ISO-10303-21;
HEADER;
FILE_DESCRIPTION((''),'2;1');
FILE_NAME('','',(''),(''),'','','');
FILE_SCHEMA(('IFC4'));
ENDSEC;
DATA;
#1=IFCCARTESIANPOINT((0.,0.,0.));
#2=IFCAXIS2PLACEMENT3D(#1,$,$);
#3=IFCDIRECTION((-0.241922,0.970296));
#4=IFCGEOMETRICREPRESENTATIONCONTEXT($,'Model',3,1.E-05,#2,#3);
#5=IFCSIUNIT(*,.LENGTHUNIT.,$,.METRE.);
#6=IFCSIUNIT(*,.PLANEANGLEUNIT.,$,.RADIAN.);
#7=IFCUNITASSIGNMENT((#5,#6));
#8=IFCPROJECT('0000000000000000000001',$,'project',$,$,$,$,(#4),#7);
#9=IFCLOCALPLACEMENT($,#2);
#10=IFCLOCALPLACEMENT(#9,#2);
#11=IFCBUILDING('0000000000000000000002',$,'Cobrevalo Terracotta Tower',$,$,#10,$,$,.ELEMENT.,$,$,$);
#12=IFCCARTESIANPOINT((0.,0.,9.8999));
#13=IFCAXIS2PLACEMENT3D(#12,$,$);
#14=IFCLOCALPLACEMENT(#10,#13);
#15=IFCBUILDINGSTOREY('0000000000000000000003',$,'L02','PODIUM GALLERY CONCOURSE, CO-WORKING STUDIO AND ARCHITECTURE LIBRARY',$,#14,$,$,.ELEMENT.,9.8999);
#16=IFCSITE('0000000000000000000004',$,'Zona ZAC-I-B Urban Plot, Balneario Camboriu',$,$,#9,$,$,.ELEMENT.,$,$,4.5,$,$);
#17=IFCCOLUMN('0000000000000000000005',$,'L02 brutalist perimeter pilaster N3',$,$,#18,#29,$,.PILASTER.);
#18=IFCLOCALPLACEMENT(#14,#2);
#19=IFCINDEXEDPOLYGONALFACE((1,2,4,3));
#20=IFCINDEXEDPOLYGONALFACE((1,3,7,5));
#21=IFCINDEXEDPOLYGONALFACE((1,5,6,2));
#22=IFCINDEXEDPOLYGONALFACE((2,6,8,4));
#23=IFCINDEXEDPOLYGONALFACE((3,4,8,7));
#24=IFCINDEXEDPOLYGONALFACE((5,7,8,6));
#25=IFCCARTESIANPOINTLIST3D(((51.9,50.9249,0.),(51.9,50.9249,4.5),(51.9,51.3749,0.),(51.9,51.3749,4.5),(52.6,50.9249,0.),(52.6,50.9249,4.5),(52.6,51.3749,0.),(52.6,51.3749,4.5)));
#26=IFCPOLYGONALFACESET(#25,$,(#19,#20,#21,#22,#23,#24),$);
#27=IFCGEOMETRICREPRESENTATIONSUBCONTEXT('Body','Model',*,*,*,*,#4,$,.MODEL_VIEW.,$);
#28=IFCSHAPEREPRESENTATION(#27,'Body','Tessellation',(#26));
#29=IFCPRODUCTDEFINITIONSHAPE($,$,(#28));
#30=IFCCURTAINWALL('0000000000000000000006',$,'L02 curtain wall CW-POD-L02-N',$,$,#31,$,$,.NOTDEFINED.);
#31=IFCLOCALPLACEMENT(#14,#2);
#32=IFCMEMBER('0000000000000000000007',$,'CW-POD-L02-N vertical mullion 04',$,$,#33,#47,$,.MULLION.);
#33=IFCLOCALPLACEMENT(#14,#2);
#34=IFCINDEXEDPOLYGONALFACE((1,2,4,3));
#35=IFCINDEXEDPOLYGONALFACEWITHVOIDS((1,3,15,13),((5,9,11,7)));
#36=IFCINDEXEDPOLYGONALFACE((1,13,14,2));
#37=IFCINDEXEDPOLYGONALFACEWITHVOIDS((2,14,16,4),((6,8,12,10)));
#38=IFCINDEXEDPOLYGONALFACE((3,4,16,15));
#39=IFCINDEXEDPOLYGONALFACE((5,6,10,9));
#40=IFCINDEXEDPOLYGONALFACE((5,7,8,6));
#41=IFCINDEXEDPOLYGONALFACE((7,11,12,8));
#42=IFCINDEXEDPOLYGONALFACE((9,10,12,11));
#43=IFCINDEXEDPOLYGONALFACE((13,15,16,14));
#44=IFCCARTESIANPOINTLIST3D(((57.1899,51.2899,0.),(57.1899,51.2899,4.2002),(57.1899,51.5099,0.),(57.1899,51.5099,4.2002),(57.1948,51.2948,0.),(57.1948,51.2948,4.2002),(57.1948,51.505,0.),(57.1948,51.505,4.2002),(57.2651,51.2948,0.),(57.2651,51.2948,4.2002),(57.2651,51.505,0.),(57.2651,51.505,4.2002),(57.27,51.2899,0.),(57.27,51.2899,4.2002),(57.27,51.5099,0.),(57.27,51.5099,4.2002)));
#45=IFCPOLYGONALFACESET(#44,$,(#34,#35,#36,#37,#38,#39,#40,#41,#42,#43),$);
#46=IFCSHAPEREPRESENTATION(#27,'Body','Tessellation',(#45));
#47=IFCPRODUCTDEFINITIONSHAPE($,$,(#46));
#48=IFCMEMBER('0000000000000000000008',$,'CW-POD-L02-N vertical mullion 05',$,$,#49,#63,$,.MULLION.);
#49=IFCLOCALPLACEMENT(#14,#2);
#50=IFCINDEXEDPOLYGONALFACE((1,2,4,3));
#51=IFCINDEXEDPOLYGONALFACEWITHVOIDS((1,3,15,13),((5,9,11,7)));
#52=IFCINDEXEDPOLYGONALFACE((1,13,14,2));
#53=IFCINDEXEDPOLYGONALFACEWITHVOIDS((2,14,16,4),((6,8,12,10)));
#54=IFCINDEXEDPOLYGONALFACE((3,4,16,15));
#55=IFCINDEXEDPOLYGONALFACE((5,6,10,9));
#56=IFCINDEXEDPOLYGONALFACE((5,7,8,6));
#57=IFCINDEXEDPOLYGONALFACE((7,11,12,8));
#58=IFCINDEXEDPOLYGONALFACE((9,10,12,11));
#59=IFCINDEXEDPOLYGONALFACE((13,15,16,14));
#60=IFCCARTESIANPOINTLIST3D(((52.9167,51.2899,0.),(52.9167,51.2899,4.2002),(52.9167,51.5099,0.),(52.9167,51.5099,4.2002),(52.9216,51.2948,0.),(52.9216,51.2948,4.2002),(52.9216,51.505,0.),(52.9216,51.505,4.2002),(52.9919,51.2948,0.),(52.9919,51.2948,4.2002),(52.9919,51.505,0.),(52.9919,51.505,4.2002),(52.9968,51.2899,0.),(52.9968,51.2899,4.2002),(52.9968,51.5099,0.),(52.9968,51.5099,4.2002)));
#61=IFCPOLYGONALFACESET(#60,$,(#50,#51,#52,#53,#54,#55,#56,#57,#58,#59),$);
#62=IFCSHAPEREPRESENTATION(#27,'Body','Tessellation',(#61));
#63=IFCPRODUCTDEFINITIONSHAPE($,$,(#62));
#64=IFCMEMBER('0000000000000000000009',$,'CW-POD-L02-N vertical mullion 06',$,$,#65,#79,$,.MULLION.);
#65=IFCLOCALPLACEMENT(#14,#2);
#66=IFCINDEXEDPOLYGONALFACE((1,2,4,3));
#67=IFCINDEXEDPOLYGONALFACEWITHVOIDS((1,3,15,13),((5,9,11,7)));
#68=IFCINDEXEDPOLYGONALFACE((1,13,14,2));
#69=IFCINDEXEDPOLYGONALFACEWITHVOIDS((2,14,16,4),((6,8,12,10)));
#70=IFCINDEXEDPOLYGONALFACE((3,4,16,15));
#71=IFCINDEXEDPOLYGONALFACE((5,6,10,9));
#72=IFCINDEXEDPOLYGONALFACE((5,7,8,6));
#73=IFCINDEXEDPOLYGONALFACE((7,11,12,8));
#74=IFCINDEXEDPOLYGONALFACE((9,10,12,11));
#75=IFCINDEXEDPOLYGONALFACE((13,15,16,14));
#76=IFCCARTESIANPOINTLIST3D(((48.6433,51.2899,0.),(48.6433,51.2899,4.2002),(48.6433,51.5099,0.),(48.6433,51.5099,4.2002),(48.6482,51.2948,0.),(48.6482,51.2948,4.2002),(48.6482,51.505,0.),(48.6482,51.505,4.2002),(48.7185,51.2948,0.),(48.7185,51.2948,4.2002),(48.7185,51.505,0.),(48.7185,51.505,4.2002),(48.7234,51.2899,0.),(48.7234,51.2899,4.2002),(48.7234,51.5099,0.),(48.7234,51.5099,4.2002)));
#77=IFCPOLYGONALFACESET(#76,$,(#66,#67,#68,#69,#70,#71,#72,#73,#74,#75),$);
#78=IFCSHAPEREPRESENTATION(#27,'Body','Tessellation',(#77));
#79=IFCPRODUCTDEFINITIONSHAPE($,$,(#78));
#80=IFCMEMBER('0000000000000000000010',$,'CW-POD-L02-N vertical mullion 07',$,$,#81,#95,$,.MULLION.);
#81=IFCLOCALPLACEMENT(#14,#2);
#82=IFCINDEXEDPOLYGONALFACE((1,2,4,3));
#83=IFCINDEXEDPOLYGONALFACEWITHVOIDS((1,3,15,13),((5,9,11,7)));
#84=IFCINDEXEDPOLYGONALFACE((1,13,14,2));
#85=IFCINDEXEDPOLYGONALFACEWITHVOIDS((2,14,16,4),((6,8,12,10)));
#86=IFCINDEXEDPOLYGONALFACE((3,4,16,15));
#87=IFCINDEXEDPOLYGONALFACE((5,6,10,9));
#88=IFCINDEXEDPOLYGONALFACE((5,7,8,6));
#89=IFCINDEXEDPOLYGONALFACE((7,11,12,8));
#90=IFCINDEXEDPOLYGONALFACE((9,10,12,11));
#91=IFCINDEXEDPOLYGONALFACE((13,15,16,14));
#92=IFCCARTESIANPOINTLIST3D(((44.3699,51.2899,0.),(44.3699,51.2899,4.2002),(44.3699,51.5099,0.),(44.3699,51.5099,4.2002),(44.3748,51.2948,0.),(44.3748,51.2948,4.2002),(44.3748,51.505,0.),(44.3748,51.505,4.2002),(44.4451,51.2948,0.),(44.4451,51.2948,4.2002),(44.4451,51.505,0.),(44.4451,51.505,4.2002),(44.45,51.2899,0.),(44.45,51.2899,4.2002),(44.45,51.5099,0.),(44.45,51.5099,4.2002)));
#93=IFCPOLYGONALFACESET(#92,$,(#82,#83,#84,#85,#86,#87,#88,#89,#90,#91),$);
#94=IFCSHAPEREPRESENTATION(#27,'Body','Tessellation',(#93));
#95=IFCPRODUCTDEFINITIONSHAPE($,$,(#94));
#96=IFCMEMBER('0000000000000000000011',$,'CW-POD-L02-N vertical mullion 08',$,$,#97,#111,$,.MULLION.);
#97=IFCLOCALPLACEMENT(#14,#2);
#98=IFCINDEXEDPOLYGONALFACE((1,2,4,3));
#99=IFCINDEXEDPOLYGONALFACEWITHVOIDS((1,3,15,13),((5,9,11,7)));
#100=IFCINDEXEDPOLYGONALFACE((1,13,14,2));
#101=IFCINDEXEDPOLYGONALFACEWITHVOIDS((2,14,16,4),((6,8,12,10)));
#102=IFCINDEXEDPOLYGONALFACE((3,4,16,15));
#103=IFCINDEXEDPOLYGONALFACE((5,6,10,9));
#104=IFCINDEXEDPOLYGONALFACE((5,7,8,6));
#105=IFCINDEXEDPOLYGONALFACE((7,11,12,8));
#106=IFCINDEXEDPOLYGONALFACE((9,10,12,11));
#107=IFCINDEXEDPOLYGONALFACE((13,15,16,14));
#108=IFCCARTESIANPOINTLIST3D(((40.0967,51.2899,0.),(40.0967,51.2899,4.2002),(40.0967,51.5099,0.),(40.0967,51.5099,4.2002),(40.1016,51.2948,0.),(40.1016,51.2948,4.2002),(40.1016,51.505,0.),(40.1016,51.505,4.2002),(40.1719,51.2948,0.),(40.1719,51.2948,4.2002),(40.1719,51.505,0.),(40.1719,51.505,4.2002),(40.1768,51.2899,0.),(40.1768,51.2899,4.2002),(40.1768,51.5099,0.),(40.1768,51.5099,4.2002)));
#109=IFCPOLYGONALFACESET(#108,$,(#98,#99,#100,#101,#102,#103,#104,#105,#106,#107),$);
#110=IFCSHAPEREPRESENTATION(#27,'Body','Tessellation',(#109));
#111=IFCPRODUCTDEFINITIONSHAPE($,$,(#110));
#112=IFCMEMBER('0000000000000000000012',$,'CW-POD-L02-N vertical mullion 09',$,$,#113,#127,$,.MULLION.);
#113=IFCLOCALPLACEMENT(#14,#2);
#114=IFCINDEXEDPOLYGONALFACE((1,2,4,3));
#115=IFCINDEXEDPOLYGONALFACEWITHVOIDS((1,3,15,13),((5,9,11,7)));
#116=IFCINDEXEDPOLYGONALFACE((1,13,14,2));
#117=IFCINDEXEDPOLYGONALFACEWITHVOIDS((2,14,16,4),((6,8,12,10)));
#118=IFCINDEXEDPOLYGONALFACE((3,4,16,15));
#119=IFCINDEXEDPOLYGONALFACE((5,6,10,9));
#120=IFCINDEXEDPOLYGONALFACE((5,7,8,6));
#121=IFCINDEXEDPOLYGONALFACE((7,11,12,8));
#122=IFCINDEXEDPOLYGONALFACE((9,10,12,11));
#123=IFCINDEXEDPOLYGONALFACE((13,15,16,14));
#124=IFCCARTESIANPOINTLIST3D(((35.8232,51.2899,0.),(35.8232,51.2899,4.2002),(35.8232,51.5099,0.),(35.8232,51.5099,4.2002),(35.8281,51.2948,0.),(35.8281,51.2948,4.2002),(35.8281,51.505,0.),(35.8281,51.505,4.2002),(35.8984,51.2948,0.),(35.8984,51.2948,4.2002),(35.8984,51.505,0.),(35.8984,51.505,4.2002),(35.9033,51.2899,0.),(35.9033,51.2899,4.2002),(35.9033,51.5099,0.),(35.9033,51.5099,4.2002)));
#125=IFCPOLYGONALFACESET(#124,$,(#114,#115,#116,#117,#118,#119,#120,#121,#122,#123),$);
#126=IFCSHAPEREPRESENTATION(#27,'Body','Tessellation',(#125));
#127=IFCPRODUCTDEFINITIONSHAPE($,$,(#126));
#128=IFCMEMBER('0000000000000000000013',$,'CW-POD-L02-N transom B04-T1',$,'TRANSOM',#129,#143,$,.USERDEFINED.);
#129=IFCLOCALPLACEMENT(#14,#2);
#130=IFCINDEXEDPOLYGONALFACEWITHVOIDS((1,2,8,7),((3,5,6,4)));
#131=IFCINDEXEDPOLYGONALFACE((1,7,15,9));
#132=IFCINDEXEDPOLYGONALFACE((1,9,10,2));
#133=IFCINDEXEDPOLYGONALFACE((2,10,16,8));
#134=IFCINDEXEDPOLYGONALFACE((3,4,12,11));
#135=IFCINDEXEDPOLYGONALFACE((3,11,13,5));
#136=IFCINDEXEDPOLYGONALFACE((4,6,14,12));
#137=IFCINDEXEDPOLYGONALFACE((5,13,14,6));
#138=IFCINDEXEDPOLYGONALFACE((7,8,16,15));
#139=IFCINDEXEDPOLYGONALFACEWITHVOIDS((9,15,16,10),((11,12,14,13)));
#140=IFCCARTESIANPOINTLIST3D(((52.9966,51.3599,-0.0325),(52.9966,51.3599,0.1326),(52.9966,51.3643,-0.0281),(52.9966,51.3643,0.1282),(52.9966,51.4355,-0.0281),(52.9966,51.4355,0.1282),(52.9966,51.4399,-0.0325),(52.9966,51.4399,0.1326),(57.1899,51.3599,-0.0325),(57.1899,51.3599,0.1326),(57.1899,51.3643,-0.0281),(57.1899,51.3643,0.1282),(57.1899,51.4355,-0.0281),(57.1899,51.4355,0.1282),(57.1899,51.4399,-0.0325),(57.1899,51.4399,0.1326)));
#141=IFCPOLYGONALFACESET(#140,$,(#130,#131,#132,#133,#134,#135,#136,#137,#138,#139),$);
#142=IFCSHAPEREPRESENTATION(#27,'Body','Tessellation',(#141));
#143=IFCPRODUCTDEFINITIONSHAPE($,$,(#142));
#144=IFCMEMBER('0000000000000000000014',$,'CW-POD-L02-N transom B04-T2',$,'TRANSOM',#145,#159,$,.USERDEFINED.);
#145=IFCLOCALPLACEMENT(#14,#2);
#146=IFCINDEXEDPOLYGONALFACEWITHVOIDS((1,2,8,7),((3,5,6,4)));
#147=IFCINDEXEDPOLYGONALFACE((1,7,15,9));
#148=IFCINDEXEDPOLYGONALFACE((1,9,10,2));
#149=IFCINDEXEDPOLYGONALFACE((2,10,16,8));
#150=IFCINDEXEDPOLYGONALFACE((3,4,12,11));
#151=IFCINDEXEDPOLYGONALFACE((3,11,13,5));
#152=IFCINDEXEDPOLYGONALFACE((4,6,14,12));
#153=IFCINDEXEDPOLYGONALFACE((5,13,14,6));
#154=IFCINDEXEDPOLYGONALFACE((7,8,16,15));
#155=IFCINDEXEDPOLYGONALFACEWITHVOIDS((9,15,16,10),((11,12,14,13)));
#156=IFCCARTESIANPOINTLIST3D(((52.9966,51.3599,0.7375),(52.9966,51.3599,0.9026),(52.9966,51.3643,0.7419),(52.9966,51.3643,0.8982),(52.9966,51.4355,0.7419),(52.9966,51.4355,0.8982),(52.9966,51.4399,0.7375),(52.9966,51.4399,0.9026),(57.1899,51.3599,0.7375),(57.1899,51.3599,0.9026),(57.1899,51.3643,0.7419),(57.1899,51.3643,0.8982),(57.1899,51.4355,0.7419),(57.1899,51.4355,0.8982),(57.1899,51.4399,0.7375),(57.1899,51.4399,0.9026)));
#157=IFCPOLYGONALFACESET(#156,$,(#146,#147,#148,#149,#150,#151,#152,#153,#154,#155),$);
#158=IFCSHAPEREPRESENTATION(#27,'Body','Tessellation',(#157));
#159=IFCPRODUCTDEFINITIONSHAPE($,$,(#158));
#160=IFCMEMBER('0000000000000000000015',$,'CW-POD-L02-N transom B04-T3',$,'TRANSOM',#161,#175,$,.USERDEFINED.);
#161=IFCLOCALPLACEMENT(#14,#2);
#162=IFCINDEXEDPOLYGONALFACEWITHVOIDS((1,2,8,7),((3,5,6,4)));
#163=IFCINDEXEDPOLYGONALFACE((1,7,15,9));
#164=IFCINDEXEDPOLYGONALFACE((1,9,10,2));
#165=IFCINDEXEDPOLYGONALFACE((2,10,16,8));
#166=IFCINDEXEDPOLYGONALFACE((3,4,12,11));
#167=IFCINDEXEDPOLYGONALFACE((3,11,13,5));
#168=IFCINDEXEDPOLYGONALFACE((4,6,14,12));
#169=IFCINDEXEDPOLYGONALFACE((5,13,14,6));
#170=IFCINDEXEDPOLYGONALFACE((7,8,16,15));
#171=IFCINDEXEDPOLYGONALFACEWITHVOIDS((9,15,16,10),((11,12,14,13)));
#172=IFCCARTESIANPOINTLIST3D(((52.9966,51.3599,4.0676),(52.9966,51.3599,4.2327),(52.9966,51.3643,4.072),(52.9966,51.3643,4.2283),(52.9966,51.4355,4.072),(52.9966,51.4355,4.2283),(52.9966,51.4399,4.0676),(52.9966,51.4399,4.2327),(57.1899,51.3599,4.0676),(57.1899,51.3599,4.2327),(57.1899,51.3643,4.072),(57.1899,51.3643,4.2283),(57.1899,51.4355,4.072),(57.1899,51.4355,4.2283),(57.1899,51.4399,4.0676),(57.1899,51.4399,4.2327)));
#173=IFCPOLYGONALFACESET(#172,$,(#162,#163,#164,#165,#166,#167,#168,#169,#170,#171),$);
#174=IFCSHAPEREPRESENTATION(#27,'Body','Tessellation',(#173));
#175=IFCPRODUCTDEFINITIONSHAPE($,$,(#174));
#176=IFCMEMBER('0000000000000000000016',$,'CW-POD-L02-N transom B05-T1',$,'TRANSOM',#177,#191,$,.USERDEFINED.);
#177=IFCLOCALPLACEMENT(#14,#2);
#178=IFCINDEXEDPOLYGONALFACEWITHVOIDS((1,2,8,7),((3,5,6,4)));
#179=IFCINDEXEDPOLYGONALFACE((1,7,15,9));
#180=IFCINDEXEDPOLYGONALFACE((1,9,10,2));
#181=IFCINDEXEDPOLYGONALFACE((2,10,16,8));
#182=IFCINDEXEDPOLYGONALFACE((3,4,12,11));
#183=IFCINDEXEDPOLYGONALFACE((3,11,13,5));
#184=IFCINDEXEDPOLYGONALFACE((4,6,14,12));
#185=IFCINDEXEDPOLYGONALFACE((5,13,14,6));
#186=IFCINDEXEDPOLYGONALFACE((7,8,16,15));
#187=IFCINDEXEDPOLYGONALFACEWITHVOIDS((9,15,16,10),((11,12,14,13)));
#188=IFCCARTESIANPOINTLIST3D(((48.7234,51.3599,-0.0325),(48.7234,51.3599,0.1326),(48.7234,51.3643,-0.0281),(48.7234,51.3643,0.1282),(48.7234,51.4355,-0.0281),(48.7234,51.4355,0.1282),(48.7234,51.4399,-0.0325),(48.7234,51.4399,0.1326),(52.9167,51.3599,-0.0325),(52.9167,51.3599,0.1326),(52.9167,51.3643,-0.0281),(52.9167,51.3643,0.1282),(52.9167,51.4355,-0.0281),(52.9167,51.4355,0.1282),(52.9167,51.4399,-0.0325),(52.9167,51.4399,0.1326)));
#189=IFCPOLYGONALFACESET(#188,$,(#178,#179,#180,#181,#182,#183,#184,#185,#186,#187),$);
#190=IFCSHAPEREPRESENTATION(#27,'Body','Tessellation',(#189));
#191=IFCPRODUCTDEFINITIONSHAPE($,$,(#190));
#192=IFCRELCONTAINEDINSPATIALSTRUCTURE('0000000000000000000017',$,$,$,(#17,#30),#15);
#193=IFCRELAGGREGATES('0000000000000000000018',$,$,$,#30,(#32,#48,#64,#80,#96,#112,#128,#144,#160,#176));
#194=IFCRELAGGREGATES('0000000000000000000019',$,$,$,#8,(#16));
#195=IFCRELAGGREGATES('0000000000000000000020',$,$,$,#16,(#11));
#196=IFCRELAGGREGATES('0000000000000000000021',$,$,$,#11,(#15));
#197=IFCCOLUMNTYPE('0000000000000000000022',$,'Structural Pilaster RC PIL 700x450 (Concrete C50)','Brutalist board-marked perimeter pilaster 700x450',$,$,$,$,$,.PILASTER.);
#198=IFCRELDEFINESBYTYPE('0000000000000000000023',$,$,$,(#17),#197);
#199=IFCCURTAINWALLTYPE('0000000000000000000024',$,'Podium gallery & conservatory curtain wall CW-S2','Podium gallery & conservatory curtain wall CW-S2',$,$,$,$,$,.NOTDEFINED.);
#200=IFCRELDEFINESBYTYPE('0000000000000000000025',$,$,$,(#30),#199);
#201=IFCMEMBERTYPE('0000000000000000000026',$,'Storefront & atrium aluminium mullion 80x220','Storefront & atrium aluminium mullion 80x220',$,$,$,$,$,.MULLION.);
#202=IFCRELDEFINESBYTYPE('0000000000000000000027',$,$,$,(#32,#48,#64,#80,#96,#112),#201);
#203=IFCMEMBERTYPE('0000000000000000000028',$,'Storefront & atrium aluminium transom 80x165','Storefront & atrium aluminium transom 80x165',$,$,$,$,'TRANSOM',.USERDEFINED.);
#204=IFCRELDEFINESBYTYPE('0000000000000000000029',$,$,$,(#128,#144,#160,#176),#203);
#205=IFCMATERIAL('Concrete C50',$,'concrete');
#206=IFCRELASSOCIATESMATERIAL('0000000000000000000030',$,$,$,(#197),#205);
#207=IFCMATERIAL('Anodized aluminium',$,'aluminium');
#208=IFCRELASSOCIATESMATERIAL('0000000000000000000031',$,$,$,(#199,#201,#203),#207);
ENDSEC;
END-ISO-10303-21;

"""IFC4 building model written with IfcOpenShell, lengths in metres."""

from ifc_helpers import new_model, si_unit, direction, frame, origin, origin_2d, place, context, subcontext, project, spatial, rectangle, hollow_rectangle, extrude, source, transform, mapped, material, material_profile, profile_set, type_object, element, aggregate, save


model = new_model("IFC4")

# Units and contexts
model_context = context("Model", 3, precision=1e-05, world=origin(), true_north=direction((-0.241922, 0.970296)))
body_context = subcontext(model_context, "Body", "Model", "MODEL_VIEW")
ifc_project = project(units=[si_unit("LENGTHUNIT", "METRE"), si_unit("PLANEANGLEUNIT", "RADIAN")], contexts=[model_context])

# Site, building, storey
site_placement = place(None, origin())
site = spatial("IfcSite", under=ifc_project, at=site_placement, Name="Zona ZAC-I-B Urban Plot, Balneario Camboriu", CompositionType="ELEMENT", RefElevation=4.5)
building_placement = place(site_placement, origin())
building = spatial("IfcBuilding", under=site, at=building_placement, Name="Cobrevalo Terracotta Tower", CompositionType="ELEMENT")
storey_placement = place(building_placement, frame((0.0, 0.0, 9.8999)))
storey = spatial("IfcBuildingStorey", under=building, at=storey_placement, Name="L02", Description="PODIUM GALLERY CONCOURSE, CO-WORKING STUDIO AND ARCHITECTURE LIBRARY", CompositionType="ELEMENT", Elevation=9.8999)

# Column
ifc_material_1 = material(Name="Concrete C50", Category="concrete")
ifc_material_profile_1 = material_profile(ifc_material_1, rectangle(XDim=0.7, YDim=0.45, at=origin_2d()), Name="RC PIL 700x450")
ifc_profile_set_1 = profile_set([ifc_material_profile_1], Name="Concrete C50")
column_type = type_object("IfcColumnType", Name="Structural Pilaster RC PIL 700x450 (Concrete C50)", Description="Brutalist board-marked perimeter pilaster 700x450", PredefinedType="PILASTER", material=ifc_profile_set_1)
column_placement = place(storey_placement, frame((52.25, 51.1499, 0.0), z_axis=(0.0, 0.0, 1.0), x_axis=(1.0, 0.0, 0.0)))
element("IfcColumn", 1, at=column_placement, inside=storey, type_object=column_type, Name="L02 brutalist perimeter pilaster N3", PredefinedType="PILASTER", context=body_context, shape_type="SweptSolid", body=[
    extrude(rectangle(XDim=0.7, YDim=0.45, at=origin_2d()), origin(), (0.0, 0.0, 1.0), 4.5),
])

# Curtain wall, members
ifc_material_2 = material(Name="Anodized aluminium", Category="aluminium")
curtain_wall_type = type_object("IfcCurtainWallType", Name="Podium gallery & conservatory curtain wall CW-S2", Description="Podium gallery & conservatory curtain wall CW-S2", PredefinedType="NOTDEFINED", material=ifc_material_2)
curtain_wall_placement = place(storey_placement, origin())
curtain_wall = element("IfcCurtainWall", 2, at=curtain_wall_placement, inside=storey, type_object=curtain_wall_type, Name="L02 curtain wall CW-POD-L02-N", PredefinedType="NOTDEFINED")
ifc_material_profile_2 = material_profile(ifc_material_2, hollow_rectangle(XDim=0.0801, YDim=0.22, WallThickness=0.0049, at=origin_2d()), Name="CWM 80x220")
ifc_profile_set_2 = profile_set([ifc_material_profile_2], Name="Anodized aluminium")
member_type_1 = type_object("IfcMemberType", Name="Storefront & atrium aluminium mullion 80x220", Description="Storefront & atrium aluminium mullion 80x220", PredefinedType="MULLION", material=ifc_profile_set_2)
shared_shape_1 = source(origin(), body_context, "Body", "SweptSolid", [
    extrude(hollow_rectangle(XDim=0.0801, YDim=0.22, WallThickness=0.0049, at=origin_2d()), origin(), (0.0, 0.0, 1.0), 4.2002),
])
member_1_placement = place(storey_placement, frame((57.23, 51.3999, 0.0), z_axis=(0.0, 0.0, 1.0), x_axis=(-1.0, 0.0, 0.0)))
member_1 = element("IfcMember", 3, at=member_1_placement, type_object=member_type_1, Name="CW-POD-L02-N vertical mullion 04", PredefinedType="MULLION", context=body_context, shape_type="MappedRepresentation", body=[
    mapped(shared_shape_1, transform((0.0, 0.0, 0.0), scale=1.0)),
])
member_2_placement = place(storey_placement, frame((52.9568, 51.3999, 0.0), z_axis=(0.0, 0.0, 1.0), x_axis=(-1.0, 0.0, 0.0)))
member_2 = element("IfcMember", 4, at=member_2_placement, type_object=member_type_1, Name="CW-POD-L02-N vertical mullion 05", PredefinedType="MULLION", context=body_context, shape_type="MappedRepresentation", body=[
    mapped(shared_shape_1, transform((0.0, 0.0, 0.0), scale=1.0)),
])
member_3_placement = place(storey_placement, frame((48.6833, 51.3999, 0.0), z_axis=(0.0, 0.0, 1.0), x_axis=(-1.0, 0.0, 0.0)))
member_3 = element("IfcMember", 5, at=member_3_placement, type_object=member_type_1, Name="CW-POD-L02-N vertical mullion 06", PredefinedType="MULLION", context=body_context, shape_type="MappedRepresentation", body=[
    mapped(shared_shape_1, transform((0.0, 0.0, 0.0), scale=1.0)),
])
member_4_placement = place(storey_placement, frame((44.4099, 51.3999, 0.0), z_axis=(0.0, 0.0, 1.0), x_axis=(-1.0, 0.0, 0.0)))
member_4 = element("IfcMember", 6, at=member_4_placement, type_object=member_type_1, Name="CW-POD-L02-N vertical mullion 07", PredefinedType="MULLION", context=body_context, shape_type="MappedRepresentation", body=[
    mapped(shared_shape_1, transform((0.0, 0.0, 0.0), scale=1.0)),
])
member_5_placement = place(storey_placement, frame((40.1367, 51.3999, 0.0), z_axis=(0.0, 0.0, 1.0), x_axis=(-1.0, 0.0, 0.0)))
member_5 = element("IfcMember", 7, at=member_5_placement, type_object=member_type_1, Name="CW-POD-L02-N vertical mullion 08", PredefinedType="MULLION", context=body_context, shape_type="MappedRepresentation", body=[
    mapped(shared_shape_1, transform((0.0, 0.0, 0.0), scale=1.0)),
])
member_6_placement = place(storey_placement, frame((35.8633, 51.3999, 0.0), z_axis=(0.0, 0.0, 1.0), x_axis=(-1.0, 0.0, 0.0)))
member_6 = element("IfcMember", 8, at=member_6_placement, type_object=member_type_1, Name="CW-POD-L02-N vertical mullion 09", PredefinedType="MULLION", context=body_context, shape_type="MappedRepresentation", body=[
    mapped(shared_shape_1, transform((0.0, 0.0, 0.0), scale=1.0)),
])
ifc_material_profile_3 = material_profile(ifc_material_2, hollow_rectangle(XDim=0.0801, YDim=0.165, WallThickness=0.0044, at=origin_2d()), Name="CWT 80x165")
ifc_profile_set_3 = profile_set([ifc_material_profile_3], Name="Anodized aluminium")
member_type_2 = type_object("IfcMemberType", Name="Storefront & atrium aluminium transom 80x165", Description="Storefront & atrium aluminium transom 80x165", ElementType="TRANSOM", PredefinedType="USERDEFINED", material=ifc_profile_set_3)
shared_shape_2 = source(origin(), body_context, "Body", "SweptSolid", [
    extrude(hollow_rectangle(XDim=0.0801, YDim=0.165, WallThickness=0.0044, at=origin_2d()), origin(), (0.0, 0.0, 1.0), 4.1934),
])
member_7_placement = place(storey_placement, frame((57.1899, 51.3999, 0.05), z_axis=(-1.0, 0.0, 0.0), x_axis=(0.0, -1.0, 0.0)))
member_7 = element("IfcMember", 9, at=member_7_placement, type_object=member_type_2, Name="CW-POD-L02-N transom B04-T1", ObjectType="TRANSOM", PredefinedType="USERDEFINED", context=body_context, shape_type="MappedRepresentation", body=[
    mapped(shared_shape_2, transform((0.0, 0.0, 0.0), scale=1.0)),
])
member_8_placement = place(storey_placement, frame((57.1899, 51.3999, 0.8201), z_axis=(-1.0, 0.0, 0.0), x_axis=(0.0, -1.0, 0.0)))
member_8 = element("IfcMember", 10, at=member_8_placement, type_object=member_type_2, Name="CW-POD-L02-N transom B04-T2", ObjectType="TRANSOM", PredefinedType="USERDEFINED", context=body_context, shape_type="MappedRepresentation", body=[
    mapped(shared_shape_2, transform((0.0, 0.0, 0.0), scale=1.0)),
])
member_9_placement = place(storey_placement, frame((57.1899, 51.3999, 4.1501), z_axis=(-1.0, 0.0, 0.0), x_axis=(0.0, -1.0, 0.0)))
member_9 = element("IfcMember", 11, at=member_9_placement, type_object=member_type_2, Name="CW-POD-L02-N transom B04-T3", ObjectType="TRANSOM", PredefinedType="USERDEFINED", context=body_context, shape_type="MappedRepresentation", body=[
    mapped(shared_shape_2, transform((0.0, 0.0, 0.0), scale=1.0)),
])
member_10_placement = place(storey_placement, frame((52.9167, 51.3999, 0.05), z_axis=(-1.0, 0.0, 0.0), x_axis=(0.0, -1.0, 0.0)))
member_10 = element("IfcMember", 12, at=member_10_placement, type_object=member_type_2, Name="CW-POD-L02-N transom B05-T1", ObjectType="TRANSOM", PredefinedType="USERDEFINED", context=body_context, shape_type="MappedRepresentation", body=[
    mapped(shared_shape_2, transform((0.0, 0.0, 0.0), scale=1.0)),
])
aggregate(curtain_wall, [member_1, member_2, member_3, member_4, member_5, member_6, member_7, member_8, member_9, member_10])

save(model, "model.ifc")
